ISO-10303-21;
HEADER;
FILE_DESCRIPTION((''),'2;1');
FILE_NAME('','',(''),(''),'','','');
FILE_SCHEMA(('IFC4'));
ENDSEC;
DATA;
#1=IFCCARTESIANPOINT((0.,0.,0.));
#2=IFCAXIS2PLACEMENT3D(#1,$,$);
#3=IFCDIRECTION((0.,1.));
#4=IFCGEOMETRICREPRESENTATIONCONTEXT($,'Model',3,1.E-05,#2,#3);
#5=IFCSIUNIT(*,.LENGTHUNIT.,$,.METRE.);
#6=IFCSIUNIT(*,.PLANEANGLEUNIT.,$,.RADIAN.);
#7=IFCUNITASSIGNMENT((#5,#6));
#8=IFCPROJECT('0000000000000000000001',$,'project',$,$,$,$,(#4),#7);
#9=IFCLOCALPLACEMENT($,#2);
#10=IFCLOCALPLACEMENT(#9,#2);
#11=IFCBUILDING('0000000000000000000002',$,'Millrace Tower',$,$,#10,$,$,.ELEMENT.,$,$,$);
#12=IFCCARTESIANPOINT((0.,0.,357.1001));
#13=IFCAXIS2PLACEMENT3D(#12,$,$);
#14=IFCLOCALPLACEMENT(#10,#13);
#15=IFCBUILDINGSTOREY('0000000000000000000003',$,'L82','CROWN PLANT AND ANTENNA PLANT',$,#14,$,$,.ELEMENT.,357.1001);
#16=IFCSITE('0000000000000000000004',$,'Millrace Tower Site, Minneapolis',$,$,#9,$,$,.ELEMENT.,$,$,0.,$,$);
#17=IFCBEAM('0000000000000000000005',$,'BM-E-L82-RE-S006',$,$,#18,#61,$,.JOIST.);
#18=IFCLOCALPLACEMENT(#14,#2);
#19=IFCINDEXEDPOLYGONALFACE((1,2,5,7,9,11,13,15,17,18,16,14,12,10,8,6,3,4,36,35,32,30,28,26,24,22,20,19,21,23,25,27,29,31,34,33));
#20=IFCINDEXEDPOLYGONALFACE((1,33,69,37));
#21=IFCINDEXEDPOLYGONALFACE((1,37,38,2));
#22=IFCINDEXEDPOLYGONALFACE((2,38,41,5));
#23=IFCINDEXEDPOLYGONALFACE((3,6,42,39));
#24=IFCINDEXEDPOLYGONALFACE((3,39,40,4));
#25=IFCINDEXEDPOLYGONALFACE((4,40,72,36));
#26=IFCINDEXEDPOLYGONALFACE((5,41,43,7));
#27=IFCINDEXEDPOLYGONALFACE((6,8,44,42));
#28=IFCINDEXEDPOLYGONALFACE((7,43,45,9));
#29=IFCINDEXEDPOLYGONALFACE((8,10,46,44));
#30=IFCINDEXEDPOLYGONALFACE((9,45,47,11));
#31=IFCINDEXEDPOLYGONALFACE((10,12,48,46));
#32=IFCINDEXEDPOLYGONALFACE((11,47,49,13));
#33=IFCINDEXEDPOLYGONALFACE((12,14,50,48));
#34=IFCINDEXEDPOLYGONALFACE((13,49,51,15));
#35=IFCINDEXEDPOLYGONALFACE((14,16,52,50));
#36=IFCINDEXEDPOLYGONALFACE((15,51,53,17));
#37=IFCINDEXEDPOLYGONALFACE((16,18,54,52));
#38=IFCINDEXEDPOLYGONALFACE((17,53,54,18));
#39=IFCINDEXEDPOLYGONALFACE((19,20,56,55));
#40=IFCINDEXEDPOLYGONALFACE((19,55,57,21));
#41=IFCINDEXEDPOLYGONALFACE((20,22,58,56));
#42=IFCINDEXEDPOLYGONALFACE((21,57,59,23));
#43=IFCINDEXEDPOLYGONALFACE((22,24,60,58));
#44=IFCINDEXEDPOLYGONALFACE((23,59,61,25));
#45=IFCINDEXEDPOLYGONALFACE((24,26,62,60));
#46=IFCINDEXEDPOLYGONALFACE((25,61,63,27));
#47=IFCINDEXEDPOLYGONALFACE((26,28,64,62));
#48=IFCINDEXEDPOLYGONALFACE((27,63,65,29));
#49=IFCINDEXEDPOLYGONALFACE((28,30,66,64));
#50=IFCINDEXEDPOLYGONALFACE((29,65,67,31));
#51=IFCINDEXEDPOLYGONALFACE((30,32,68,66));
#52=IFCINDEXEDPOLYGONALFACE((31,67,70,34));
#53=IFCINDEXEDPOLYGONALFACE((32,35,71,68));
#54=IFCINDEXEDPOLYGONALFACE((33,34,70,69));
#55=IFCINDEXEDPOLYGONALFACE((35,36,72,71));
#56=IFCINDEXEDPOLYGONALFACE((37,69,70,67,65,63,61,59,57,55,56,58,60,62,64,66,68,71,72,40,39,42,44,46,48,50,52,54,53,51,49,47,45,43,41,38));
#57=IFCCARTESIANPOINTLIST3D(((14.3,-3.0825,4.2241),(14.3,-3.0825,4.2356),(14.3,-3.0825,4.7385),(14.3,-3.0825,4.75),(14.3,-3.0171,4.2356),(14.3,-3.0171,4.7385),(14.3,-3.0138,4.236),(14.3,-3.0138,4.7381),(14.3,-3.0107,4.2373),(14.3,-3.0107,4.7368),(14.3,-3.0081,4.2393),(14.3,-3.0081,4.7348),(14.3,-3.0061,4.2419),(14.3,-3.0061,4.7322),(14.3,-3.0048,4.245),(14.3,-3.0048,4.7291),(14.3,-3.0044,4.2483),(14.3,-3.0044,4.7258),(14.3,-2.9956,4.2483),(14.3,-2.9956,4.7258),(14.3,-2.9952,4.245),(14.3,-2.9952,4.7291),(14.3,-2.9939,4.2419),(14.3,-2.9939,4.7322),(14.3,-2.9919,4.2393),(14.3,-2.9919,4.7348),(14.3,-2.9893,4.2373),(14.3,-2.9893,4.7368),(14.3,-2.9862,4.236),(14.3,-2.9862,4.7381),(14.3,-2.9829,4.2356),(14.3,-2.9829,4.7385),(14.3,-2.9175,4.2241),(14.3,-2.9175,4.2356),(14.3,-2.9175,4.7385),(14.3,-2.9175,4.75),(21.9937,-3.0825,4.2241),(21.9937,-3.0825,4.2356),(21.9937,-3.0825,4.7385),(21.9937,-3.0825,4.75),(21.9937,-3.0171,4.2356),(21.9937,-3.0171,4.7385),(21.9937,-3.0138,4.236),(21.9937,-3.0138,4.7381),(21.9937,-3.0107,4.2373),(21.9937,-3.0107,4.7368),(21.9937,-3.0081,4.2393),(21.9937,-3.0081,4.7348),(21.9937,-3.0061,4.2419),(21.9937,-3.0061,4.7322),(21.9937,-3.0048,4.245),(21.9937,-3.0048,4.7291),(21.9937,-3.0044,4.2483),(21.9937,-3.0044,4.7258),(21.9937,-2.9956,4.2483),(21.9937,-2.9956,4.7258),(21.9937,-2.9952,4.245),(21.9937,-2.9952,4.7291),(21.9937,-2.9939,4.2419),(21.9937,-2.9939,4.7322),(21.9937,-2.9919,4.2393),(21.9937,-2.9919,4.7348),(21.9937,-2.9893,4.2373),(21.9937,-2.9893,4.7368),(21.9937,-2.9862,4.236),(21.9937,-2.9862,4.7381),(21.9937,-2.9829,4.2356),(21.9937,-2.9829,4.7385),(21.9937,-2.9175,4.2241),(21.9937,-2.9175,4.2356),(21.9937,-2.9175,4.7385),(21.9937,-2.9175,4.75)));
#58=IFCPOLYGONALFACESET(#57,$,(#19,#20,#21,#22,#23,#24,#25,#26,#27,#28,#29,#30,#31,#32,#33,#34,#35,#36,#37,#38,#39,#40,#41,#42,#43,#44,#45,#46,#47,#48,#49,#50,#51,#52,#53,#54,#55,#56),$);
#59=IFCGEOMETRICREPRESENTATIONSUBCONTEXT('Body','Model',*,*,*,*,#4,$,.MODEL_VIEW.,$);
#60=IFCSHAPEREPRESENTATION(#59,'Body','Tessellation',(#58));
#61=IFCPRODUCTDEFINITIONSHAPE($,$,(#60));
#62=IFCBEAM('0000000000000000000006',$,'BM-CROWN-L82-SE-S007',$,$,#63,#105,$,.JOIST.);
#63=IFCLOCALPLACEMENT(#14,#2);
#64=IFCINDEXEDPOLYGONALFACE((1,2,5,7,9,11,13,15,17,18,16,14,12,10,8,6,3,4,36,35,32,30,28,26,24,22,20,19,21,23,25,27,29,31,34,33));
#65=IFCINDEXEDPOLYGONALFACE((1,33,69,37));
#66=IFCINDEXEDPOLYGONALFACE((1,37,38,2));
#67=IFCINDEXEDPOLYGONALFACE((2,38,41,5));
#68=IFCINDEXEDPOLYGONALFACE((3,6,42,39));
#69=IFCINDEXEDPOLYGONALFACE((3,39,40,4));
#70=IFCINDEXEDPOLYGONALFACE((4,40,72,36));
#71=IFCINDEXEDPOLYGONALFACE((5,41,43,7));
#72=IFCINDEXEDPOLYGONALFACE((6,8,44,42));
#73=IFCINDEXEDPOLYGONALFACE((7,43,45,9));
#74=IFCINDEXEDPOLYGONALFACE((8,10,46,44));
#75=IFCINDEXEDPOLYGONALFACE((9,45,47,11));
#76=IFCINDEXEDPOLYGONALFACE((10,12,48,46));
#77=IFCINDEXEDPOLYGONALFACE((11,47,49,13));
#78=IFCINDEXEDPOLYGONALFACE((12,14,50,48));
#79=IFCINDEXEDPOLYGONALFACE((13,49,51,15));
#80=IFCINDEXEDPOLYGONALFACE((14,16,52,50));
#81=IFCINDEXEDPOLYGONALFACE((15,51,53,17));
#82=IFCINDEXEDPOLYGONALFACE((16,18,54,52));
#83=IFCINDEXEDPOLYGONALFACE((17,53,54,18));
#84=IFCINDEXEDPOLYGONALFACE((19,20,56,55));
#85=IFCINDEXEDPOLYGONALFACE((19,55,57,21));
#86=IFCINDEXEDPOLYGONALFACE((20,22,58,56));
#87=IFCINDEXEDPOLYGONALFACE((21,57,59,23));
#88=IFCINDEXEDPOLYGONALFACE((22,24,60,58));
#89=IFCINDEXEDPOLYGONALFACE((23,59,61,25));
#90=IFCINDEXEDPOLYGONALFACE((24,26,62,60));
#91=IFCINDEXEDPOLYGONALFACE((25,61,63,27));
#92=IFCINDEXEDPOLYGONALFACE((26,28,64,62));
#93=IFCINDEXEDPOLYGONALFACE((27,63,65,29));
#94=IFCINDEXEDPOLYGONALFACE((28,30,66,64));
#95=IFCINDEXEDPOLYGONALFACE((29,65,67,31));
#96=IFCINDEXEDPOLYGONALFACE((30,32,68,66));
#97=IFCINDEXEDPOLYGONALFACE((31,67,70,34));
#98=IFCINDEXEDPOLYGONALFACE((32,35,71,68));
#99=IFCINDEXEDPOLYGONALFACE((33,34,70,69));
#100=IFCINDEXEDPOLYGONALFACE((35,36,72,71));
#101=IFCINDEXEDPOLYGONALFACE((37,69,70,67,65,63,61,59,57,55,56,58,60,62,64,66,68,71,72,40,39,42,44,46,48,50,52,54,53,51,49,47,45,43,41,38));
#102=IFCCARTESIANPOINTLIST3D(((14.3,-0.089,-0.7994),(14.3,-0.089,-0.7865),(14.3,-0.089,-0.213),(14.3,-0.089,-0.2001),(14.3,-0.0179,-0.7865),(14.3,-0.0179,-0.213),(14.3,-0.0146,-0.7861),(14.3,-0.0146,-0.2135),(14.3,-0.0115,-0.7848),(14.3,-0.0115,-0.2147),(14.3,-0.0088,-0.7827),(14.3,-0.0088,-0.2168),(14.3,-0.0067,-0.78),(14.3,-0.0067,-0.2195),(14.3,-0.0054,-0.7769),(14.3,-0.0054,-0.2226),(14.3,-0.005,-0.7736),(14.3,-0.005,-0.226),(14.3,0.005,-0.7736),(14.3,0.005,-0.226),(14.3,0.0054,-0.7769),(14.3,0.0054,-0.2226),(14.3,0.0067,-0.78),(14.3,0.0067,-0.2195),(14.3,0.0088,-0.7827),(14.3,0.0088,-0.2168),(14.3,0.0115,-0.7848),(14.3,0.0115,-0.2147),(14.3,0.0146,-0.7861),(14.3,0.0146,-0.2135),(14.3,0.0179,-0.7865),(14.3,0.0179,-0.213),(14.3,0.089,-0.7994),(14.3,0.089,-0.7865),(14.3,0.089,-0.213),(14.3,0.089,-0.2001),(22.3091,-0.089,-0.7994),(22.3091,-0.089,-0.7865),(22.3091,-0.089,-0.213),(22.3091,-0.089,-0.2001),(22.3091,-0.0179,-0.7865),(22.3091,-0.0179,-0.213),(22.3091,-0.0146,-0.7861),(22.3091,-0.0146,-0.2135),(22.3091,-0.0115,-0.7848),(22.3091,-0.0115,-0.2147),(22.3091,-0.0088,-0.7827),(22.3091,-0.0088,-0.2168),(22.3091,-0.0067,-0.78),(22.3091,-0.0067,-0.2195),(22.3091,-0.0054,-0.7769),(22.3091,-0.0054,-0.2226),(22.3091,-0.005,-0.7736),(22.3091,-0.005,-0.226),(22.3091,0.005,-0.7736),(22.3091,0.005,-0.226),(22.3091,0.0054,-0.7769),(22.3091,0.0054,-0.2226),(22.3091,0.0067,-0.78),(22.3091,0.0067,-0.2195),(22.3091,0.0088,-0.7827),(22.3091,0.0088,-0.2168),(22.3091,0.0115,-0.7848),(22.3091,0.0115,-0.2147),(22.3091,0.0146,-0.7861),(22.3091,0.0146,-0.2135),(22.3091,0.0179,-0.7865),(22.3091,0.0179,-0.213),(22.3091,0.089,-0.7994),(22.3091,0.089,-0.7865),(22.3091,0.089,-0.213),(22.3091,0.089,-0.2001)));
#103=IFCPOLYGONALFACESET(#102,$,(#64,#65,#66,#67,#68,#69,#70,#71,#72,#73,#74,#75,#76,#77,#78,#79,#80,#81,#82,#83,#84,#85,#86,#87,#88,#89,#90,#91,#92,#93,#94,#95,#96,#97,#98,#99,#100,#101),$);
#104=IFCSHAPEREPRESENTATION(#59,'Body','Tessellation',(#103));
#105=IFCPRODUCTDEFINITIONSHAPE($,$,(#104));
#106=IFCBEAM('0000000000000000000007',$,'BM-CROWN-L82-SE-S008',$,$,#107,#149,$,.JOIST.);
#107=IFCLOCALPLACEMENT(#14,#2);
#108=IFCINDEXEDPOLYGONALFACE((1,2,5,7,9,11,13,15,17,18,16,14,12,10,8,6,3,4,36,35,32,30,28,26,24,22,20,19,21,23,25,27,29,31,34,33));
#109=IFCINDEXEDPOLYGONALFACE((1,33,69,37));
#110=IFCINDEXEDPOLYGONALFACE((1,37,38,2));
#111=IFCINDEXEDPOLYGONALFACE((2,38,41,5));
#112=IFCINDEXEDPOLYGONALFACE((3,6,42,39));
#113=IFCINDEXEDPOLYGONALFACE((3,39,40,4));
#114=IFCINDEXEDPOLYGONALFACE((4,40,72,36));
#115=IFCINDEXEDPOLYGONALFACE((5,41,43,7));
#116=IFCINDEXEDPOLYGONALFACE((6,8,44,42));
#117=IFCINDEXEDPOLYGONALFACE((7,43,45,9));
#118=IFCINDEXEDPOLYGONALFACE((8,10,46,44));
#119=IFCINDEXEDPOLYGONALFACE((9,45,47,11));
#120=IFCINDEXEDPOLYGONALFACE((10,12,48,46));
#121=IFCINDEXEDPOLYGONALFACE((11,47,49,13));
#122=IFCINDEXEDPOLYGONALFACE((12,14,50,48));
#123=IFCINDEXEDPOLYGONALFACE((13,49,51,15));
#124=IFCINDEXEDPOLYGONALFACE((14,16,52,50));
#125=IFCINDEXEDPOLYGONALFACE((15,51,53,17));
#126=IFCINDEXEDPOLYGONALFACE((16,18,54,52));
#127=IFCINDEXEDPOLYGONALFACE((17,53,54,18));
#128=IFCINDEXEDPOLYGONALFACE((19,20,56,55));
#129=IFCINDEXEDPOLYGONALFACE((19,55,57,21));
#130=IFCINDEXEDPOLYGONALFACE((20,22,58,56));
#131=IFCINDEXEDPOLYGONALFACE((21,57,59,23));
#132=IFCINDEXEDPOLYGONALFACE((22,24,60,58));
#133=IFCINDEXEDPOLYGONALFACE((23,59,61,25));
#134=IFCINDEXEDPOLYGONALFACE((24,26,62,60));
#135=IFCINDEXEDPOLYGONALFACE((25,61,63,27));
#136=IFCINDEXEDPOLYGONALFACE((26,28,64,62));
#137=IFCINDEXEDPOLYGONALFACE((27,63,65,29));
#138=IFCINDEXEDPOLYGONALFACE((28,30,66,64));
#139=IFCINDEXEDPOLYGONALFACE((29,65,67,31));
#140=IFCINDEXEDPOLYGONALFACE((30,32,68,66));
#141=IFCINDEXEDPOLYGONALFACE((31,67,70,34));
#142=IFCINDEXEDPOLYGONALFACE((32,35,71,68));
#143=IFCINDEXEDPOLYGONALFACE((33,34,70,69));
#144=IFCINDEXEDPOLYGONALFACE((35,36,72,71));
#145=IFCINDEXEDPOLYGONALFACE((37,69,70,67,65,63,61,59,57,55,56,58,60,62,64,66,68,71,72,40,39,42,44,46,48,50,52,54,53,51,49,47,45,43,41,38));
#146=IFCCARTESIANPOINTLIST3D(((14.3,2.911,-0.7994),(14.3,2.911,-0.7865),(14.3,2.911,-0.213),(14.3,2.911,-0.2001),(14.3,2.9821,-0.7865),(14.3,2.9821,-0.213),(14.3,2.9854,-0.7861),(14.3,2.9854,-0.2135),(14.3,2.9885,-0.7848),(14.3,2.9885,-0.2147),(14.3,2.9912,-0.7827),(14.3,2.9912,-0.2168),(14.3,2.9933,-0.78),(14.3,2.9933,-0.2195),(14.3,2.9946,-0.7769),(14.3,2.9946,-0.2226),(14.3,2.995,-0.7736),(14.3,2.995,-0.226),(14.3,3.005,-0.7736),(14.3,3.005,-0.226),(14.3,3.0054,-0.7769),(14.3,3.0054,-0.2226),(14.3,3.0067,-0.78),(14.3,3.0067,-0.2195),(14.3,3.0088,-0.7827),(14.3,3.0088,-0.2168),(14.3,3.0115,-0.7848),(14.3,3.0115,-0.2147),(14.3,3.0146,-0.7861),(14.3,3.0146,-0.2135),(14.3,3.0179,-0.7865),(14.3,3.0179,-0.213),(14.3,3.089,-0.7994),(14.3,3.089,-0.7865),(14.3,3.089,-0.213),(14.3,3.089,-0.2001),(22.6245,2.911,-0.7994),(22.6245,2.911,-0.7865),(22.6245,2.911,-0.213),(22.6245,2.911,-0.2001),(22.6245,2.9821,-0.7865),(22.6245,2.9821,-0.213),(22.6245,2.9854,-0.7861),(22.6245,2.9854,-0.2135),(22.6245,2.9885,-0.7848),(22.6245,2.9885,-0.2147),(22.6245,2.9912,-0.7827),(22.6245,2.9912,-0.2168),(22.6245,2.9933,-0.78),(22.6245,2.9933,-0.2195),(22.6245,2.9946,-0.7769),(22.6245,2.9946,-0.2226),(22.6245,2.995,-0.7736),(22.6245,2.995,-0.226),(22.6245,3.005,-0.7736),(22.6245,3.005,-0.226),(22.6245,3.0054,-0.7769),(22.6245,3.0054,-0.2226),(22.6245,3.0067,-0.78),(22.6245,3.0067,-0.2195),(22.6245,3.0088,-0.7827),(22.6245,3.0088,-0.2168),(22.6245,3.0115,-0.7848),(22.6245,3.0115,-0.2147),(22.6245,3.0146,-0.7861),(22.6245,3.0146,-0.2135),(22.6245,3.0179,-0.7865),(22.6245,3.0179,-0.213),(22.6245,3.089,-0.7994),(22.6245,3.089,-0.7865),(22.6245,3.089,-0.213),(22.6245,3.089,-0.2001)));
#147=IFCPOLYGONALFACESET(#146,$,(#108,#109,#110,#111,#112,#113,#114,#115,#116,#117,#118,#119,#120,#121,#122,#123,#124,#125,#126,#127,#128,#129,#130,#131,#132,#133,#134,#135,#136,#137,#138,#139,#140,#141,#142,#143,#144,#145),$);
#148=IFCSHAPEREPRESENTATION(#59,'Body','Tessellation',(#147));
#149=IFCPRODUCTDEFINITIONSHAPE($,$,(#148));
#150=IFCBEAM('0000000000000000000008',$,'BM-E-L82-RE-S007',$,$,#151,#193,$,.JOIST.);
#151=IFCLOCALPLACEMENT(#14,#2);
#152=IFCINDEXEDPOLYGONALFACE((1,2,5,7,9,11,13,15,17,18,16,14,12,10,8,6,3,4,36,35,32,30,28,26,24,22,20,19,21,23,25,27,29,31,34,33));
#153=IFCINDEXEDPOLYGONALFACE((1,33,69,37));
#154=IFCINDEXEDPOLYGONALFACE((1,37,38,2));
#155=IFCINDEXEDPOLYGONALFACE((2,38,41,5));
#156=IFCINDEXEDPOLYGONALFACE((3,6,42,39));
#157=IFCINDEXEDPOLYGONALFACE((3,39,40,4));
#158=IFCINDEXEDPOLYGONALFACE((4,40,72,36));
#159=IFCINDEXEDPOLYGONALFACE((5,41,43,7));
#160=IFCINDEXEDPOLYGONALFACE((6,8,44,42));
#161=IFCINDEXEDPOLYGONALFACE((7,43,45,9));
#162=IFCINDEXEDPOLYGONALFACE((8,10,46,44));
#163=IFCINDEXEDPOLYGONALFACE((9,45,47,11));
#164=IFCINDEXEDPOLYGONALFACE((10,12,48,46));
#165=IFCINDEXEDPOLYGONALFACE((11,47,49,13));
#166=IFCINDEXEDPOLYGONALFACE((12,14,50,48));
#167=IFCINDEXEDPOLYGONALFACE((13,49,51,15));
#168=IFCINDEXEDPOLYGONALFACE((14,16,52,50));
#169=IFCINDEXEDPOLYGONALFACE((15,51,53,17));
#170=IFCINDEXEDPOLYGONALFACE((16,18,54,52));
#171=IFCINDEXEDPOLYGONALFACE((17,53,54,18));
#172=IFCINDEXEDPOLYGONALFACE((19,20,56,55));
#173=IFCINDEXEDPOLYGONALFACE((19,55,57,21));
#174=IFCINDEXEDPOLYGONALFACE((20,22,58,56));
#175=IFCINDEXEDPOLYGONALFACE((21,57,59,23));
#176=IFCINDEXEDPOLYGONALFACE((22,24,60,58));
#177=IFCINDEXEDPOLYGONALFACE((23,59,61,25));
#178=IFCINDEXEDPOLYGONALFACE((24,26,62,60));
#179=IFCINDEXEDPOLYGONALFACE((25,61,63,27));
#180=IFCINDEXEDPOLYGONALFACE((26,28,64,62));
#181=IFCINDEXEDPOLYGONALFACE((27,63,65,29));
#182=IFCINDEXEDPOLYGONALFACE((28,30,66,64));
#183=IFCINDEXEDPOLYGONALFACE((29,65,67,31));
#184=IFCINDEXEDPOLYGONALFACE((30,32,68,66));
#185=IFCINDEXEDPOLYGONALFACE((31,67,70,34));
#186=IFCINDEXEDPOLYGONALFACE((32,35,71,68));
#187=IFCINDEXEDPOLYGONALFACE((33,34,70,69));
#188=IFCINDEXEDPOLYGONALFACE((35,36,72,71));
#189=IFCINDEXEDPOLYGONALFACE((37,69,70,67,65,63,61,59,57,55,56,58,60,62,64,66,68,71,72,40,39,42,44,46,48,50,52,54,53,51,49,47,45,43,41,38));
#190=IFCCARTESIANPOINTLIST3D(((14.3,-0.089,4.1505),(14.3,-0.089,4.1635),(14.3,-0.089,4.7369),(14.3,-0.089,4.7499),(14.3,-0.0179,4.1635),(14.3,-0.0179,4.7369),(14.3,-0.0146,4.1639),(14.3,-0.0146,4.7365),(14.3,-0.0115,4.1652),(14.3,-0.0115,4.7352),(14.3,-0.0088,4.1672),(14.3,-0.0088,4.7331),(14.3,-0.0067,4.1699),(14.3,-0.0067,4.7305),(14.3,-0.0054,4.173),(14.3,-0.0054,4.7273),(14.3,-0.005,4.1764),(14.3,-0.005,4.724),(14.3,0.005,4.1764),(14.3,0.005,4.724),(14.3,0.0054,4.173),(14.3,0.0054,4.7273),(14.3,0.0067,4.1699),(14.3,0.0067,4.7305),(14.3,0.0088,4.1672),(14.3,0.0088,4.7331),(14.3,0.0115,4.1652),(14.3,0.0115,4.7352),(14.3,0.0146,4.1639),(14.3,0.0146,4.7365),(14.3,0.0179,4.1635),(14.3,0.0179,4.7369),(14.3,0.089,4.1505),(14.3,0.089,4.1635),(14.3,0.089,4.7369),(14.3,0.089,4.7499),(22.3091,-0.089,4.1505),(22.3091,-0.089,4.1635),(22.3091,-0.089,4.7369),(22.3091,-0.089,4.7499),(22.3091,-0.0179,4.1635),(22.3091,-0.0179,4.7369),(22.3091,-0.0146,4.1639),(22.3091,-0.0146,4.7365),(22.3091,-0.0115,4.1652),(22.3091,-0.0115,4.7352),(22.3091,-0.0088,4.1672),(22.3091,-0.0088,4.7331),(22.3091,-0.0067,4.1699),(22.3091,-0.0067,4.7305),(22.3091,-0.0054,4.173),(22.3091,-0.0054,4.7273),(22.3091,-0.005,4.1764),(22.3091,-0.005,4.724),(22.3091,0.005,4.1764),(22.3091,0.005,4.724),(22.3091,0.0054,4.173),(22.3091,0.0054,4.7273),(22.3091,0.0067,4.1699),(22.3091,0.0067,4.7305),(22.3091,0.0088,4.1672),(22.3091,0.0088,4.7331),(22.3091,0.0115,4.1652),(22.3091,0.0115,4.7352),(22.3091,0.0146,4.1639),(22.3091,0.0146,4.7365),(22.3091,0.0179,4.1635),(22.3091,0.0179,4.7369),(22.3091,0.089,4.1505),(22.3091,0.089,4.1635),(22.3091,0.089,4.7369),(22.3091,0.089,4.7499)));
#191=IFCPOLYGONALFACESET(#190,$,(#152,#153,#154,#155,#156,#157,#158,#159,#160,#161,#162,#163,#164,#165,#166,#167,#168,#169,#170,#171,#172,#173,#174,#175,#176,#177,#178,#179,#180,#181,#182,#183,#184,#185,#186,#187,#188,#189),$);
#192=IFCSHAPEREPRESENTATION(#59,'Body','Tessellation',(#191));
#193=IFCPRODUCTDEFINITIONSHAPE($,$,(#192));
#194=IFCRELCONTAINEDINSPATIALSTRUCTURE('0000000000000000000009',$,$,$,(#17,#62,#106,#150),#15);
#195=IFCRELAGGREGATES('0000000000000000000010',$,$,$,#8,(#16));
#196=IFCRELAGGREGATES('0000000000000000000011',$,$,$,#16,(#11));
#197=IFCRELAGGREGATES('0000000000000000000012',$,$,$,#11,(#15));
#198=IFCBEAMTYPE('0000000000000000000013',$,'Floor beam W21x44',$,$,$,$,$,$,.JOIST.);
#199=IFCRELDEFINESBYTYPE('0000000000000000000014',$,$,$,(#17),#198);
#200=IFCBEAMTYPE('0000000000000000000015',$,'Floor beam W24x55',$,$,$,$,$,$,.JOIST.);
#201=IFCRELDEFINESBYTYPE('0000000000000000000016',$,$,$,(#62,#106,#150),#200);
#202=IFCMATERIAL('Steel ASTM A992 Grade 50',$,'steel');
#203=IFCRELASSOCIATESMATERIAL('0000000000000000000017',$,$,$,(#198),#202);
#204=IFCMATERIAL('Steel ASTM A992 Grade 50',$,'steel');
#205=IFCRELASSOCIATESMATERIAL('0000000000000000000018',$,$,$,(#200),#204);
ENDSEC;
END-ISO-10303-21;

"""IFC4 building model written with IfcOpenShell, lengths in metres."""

from ifc_helpers import new_model, si_unit, direction, frame, origin, origin_2d, place, context, subcontext, project, spatial, i_section, extrude, material, material_profile, profile_set, type_object, element, save


model = new_model("IFC4")

# Units and contexts
model_context = context("Model", 3, precision=1e-05, world=origin(), true_north=direction((0.0, 1.0)))
body_context = subcontext(model_context, "Body", "Model", "MODEL_VIEW")
ifc_project = project(units=[si_unit("LENGTHUNIT", "METRE"), si_unit("PLANEANGLEUNIT", "RADIAN")], contexts=[model_context])

# Site, building, storey
site_placement = place(None, origin())
site = spatial("IfcSite", under=ifc_project, at=site_placement, Name="Millrace Tower Site, Minneapolis", CompositionType="ELEMENT", RefElevation=0.0)
building_placement = place(site_placement, origin())
building = spatial("IfcBuilding", under=site, at=building_placement, Name="Millrace Tower", CompositionType="ELEMENT")
storey_placement = place(building_placement, frame((0.0, 0.0, 357.1001)))
storey = spatial("IfcBuildingStorey", under=building, at=storey_placement, Name="L82", Description="CROWN PLANT AND ANTENNA PLANT", CompositionType="ELEMENT", Elevation=357.1001)

# Beams
ifc_material_1 = material(Name="Steel ASTM A992 Grade 50", Category="steel")
ifc_material_profile_1 = material_profile(ifc_material_1, i_section(OverallWidth=0.165, OverallDepth=0.5259, WebThickness=0.0088, FlangeThickness=0.0115, FilletRadius=0.0127, at=origin_2d()))
ifc_profile_set_1 = profile_set([ifc_material_profile_1], Name="Steel ASTM A992 Grade 50")
beam_type_1 = type_object("IfcBeamType", Name="Floor beam W21x44", PredefinedType="JOIST", material=ifc_profile_set_1)
beam_1_placement = place(storey_placement, frame((14.3, -3.0, 4.4871), z_axis=(1.0, 0.0, 0.0), x_axis=(0.0, 1.0, 0.0)))
element("IfcBeam", 1, at=beam_1_placement, inside=storey, type_object=beam_type_1, Name="BM-E-L82-RE-S006", PredefinedType="JOIST", context=body_context, shape_type="SweptSolid", body=[
    extrude(i_section(OverallWidth=0.165, OverallDepth=0.5259, WebThickness=0.0088, FlangeThickness=0.0115, FilletRadius=0.0127, at=origin_2d()), origin(), (0.0, 0.0, 1.0), 7.6936),
])
ifc_material_2 = material(Name="Steel ASTM A992 Grade 50", Category="steel")
ifc_material_profile_2 = material_profile(ifc_material_2, i_section(OverallWidth=0.178, OverallDepth=0.5994, WebThickness=0.01, FlangeThickness=0.0129, FilletRadius=0.0129, at=origin_2d()))
ifc_profile_set_2 = profile_set([ifc_material_profile_2], Name="Steel ASTM A992 Grade 50")
beam_type_2 = type_object("IfcBeamType", Name="Floor beam W24x55", PredefinedType="JOIST", material=ifc_profile_set_2)
beam_2_placement = place(storey_placement, frame((14.3, 0.0, -0.4998), z_axis=(1.0, 0.0, 0.0), x_axis=(0.0, 1.0, 0.0)))
element("IfcBeam", 2, at=beam_2_placement, inside=storey, type_object=beam_type_2, Name="BM-CROWN-L82-SE-S007", PredefinedType="JOIST", context=body_context, shape_type="SweptSolid", body=[
    extrude(i_section(OverallWidth=0.178, OverallDepth=0.5994, WebThickness=0.01, FlangeThickness=0.0129, FilletRadius=0.0129, at=origin_2d()), origin(), (0.0, 0.0, 1.0), 8.009),
])
beam_3_placement = place(storey_placement, frame((14.3, 3.0, -0.4998), z_axis=(1.0, 0.0, 0.0), x_axis=(0.0, 1.0, 0.0)))
element("IfcBeam", 3, at=beam_3_placement, inside=storey, type_object=beam_type_2, Name="BM-CROWN-L82-SE-S008", PredefinedType="JOIST", context=body_context, shape_type="SweptSolid", body=[
    extrude(i_section(OverallWidth=0.178, OverallDepth=0.5994, WebThickness=0.01, FlangeThickness=0.0129, FilletRadius=0.0129, at=origin_2d()), origin(), (0.0, 0.0, 1.0), 8.3245),
])
beam_4_placement = place(storey_placement, frame((14.3, 0.0, 4.4502), z_axis=(1.0, 0.0, 0.0), x_axis=(0.0, 1.0, 0.0)))
element("IfcBeam", 4, at=beam_4_placement, inside=storey, type_object=beam_type_2, Name="BM-E-L82-RE-S007", PredefinedType="JOIST", context=body_context, shape_type="SweptSolid", body=[
    extrude(i_section(OverallWidth=0.178, OverallDepth=0.5994, WebThickness=0.01, FlangeThickness=0.0129, FilletRadius=0.0129, at=origin_2d()), origin(), (0.0, 0.0, 1.0), 8.009),
])

save(model, "model.ifc")
